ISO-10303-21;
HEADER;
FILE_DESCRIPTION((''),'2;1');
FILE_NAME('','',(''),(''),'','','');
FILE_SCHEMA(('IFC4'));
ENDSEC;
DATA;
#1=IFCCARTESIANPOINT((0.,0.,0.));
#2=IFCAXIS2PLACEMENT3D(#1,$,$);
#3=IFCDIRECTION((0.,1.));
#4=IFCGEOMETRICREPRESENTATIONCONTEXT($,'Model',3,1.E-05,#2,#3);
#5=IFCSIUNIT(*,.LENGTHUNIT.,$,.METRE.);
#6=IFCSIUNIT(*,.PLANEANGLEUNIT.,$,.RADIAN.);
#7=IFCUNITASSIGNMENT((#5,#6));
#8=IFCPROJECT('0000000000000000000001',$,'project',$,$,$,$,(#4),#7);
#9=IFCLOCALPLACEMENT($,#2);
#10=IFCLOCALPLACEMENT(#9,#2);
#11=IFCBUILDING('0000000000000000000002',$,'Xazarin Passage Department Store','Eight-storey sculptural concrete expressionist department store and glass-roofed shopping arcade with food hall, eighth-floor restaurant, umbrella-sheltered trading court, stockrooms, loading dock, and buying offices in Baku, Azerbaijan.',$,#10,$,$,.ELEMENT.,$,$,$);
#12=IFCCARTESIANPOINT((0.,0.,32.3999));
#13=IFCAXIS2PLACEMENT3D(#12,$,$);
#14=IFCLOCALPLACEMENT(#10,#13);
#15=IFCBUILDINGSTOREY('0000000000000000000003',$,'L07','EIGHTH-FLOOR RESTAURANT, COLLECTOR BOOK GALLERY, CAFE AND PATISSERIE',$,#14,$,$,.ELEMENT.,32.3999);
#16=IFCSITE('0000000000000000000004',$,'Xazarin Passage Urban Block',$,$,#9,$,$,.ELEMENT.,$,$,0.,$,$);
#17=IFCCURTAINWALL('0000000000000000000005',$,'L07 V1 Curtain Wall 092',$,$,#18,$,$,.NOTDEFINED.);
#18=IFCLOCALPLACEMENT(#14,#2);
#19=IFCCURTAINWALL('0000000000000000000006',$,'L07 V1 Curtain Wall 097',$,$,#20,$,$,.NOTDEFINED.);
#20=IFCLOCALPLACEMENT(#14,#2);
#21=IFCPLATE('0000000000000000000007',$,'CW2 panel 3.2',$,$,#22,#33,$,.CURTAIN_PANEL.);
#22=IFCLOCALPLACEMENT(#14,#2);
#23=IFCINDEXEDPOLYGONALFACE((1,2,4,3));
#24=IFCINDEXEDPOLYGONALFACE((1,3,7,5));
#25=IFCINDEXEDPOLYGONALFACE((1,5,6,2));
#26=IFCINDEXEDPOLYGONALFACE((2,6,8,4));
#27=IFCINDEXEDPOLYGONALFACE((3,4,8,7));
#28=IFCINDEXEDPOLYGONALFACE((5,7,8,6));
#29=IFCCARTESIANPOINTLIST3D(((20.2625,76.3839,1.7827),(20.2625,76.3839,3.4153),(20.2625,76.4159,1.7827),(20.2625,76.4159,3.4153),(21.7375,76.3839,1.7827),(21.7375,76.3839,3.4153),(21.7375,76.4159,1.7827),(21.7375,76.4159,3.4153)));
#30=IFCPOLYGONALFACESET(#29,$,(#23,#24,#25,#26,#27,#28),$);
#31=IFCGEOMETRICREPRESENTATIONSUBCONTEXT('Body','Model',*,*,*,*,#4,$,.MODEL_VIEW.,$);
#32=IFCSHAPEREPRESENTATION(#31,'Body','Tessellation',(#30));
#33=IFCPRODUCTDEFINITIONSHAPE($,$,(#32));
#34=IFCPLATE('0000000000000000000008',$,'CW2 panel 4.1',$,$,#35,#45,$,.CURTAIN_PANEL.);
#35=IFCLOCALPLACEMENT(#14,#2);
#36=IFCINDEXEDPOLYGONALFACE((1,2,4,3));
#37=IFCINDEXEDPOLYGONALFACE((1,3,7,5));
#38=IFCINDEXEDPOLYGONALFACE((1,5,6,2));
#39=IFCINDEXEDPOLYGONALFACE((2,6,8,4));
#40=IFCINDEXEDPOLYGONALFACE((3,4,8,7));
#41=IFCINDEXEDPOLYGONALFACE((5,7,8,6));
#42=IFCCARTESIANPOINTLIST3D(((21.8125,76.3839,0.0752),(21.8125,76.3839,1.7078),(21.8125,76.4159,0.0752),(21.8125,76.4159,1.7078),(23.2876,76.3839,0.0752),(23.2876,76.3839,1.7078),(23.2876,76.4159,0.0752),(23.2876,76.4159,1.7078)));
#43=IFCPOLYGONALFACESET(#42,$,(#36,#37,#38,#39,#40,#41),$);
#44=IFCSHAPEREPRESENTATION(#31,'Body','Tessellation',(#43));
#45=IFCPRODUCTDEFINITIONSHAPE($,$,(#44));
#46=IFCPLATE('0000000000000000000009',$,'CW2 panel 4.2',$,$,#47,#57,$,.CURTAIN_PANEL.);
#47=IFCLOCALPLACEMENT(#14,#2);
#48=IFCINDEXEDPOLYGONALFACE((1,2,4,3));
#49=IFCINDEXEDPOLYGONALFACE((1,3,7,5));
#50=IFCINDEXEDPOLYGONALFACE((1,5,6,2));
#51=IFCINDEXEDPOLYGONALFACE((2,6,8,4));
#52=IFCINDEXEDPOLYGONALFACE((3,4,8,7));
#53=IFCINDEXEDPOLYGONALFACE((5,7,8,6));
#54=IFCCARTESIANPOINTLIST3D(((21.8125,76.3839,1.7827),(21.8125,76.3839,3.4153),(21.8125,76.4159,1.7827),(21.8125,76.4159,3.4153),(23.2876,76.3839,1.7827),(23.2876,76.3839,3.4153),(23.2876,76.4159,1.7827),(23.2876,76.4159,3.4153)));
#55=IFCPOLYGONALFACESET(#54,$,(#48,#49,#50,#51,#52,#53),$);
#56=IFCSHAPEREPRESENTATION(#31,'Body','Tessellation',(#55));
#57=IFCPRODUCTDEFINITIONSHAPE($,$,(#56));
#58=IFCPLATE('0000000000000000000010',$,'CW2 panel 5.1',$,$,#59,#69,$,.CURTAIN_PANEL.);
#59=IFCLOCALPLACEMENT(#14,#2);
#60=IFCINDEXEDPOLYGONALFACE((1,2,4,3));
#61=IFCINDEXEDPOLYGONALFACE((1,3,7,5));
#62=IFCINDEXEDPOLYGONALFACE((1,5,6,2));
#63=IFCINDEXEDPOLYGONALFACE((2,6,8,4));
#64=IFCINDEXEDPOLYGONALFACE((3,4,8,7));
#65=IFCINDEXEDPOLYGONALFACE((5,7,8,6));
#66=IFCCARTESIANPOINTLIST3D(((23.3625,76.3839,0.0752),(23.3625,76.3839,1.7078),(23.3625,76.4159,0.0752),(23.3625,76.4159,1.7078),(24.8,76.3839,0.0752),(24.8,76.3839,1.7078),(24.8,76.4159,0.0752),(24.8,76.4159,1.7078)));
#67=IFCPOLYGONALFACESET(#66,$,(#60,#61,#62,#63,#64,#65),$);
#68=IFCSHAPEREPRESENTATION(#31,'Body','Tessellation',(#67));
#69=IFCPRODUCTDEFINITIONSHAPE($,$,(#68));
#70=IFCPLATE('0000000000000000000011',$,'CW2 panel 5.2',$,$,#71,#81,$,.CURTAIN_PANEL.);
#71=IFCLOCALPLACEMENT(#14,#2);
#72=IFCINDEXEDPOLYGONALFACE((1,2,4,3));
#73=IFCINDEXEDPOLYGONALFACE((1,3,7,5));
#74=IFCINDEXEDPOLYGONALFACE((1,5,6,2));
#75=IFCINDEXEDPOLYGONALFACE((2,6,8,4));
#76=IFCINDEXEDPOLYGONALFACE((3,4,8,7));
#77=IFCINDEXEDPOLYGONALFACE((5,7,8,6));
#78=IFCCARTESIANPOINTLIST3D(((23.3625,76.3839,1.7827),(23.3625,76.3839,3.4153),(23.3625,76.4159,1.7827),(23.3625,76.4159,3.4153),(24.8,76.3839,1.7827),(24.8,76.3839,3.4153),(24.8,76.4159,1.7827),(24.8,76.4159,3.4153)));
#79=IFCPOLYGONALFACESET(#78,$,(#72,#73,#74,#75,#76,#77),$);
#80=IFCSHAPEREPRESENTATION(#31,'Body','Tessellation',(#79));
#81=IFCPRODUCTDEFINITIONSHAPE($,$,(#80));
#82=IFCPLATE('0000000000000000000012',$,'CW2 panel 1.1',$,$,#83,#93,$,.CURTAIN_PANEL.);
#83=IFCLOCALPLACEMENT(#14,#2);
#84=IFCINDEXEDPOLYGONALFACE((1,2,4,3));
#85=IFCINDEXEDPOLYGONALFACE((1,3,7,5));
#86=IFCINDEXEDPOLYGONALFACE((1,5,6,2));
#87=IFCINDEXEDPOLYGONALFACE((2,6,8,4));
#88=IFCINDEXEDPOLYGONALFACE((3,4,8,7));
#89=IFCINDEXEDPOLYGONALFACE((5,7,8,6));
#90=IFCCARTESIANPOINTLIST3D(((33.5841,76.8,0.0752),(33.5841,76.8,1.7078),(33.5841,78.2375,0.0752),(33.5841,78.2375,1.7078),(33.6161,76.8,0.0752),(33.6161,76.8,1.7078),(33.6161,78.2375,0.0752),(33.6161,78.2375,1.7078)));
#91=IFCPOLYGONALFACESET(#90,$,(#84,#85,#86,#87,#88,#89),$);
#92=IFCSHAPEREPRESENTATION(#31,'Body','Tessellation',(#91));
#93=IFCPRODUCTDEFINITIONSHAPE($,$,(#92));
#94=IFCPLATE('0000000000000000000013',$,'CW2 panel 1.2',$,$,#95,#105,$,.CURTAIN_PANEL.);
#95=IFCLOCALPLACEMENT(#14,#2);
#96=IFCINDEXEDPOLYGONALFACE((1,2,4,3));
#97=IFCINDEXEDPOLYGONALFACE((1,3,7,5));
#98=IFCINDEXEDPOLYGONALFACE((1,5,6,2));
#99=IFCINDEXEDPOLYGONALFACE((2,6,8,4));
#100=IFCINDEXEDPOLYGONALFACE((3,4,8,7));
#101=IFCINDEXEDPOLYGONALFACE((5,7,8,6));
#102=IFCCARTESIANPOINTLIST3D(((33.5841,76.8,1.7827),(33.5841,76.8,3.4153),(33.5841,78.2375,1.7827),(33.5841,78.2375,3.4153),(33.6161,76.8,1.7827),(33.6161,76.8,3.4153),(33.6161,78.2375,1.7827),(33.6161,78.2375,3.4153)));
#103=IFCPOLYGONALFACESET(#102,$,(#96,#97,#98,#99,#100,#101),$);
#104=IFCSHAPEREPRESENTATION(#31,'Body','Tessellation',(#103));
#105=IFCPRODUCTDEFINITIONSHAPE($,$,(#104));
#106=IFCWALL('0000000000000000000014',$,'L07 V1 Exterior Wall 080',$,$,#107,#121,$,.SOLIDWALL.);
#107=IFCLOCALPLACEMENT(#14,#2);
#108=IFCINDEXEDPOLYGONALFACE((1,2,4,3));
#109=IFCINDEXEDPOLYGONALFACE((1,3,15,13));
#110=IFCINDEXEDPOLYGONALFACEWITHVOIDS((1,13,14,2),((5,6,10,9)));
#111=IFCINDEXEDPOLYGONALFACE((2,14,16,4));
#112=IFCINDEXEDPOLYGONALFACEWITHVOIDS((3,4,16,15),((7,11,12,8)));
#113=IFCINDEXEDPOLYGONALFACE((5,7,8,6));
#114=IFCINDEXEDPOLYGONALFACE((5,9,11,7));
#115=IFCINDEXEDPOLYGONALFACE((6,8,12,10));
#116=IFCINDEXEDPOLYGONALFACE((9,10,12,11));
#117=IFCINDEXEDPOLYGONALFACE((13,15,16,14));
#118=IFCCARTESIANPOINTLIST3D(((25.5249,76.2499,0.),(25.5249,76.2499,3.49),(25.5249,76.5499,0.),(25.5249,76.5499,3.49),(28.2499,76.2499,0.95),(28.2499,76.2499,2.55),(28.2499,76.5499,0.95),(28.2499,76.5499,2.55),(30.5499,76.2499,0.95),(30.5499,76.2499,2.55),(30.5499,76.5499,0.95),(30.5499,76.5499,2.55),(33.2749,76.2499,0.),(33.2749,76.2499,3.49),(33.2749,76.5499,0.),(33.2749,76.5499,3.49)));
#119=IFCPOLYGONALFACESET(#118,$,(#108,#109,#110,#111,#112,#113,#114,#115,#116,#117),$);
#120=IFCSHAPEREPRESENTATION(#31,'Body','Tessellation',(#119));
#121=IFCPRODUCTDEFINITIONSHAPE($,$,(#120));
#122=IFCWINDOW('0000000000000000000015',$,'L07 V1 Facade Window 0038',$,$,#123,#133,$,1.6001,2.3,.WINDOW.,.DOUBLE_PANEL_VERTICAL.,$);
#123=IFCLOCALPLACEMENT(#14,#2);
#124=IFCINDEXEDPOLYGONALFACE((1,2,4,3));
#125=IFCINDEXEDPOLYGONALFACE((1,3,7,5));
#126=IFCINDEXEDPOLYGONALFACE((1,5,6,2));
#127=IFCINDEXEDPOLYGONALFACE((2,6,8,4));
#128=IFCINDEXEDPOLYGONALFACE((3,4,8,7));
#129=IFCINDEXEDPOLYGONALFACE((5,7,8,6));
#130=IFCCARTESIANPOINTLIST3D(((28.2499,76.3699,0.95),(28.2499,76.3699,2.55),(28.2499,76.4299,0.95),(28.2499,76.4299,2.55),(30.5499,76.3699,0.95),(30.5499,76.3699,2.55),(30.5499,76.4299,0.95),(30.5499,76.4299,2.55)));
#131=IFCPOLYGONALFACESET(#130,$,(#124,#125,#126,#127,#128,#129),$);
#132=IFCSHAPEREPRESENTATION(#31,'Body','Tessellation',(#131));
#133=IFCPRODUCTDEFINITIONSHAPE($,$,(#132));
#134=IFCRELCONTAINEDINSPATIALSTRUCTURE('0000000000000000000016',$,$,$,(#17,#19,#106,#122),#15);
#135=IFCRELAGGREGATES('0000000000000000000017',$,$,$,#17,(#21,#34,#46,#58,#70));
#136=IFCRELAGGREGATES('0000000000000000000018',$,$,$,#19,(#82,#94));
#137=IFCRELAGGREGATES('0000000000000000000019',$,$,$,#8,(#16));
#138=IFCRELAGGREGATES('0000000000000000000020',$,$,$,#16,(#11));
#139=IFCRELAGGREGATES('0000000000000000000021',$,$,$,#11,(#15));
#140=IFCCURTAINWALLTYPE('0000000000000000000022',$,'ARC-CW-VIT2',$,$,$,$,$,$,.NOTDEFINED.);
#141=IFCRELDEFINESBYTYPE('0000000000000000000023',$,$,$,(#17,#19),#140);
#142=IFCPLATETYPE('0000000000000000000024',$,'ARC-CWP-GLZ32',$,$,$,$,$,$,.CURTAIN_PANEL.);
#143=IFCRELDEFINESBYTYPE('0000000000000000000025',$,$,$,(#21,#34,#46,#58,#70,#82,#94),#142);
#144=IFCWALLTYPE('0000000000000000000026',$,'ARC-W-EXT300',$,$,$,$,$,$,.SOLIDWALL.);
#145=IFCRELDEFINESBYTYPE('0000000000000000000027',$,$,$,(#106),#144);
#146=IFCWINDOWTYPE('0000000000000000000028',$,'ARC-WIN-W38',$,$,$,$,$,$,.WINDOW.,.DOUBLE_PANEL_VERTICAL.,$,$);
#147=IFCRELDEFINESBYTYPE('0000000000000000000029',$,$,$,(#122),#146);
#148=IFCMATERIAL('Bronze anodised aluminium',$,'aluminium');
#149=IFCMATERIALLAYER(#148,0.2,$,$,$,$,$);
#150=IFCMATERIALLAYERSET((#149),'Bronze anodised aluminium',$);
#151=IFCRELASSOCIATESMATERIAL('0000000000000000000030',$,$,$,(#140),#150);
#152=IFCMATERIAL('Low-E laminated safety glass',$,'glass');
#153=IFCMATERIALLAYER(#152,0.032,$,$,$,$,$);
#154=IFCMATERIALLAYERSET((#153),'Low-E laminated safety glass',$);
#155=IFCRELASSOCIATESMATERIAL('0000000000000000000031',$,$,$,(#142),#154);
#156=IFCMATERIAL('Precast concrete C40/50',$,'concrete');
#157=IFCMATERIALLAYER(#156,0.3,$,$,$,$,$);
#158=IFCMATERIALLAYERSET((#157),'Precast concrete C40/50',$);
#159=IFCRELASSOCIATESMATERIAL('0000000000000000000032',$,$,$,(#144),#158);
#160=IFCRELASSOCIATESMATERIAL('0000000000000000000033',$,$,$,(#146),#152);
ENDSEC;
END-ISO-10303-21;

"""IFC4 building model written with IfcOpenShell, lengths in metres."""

from ifc_helpers import new_model, si_unit, direction, frame, frame_2d, origin, origin_2d, place, context, subcontext, project, spatial, rectangle, extrude, material, layer, layer_set, type_object, element, fill, aggregate, save


model = new_model("IFC4")

# Units and contexts
model_context = context("Model", 3, precision=1e-05, world=origin(), true_north=direction((0.0, 1.0)))
body_context = subcontext(model_context, "Body", "Model", "MODEL_VIEW")
ifc_project = project(units=[si_unit("LENGTHUNIT", "METRE"), si_unit("PLANEANGLEUNIT", "RADIAN")], contexts=[model_context])

# Site, building, storey
site_placement = place(None, origin())
site = spatial("IfcSite", under=ifc_project, at=site_placement, Name="Xazarin Passage Urban Block", CompositionType="ELEMENT", RefElevation=0.0)
building_placement = place(site_placement, origin())
building = spatial("IfcBuilding", under=site, at=building_placement, Name="Xazarin Passage Department Store", Description="Eight-storey sculptural concrete expressionist department store and glass-roofed shopping arcade with food hall, eighth-floor restaurant, umbrella-sheltered trading court, stockrooms, loading dock, and buying offices in Baku, Azerbaijan.", CompositionType="ELEMENT")
storey_placement = place(building_placement, frame((0.0, 0.0, 32.3999)))
storey = spatial("IfcBuildingStorey", under=building, at=storey_placement, Name="L07", Description="EIGHTH-FLOOR RESTAURANT, COLLECTOR BOOK GALLERY, CAFE AND PATISSERIE", CompositionType="ELEMENT", Elevation=32.3999)

# Curtain wall
ifc_material_1 = material(Name="Bronze anodised aluminium", Category="aluminium")
ifc_layer_1 = layer(ifc_material_1, 0.2)
ifc_layer_set_1 = layer_set([ifc_layer_1], Name="Bronze anodised aluminium")
curtain_wall_type = type_object("IfcCurtainWallType", Name="ARC-CW-VIT2", PredefinedType="NOTDEFINED", material=ifc_layer_set_1)
curtain_wall_1_placement = place(storey_placement, origin())
curtain_wall_1 = element("IfcCurtainWall", 1, at=curtain_wall_1_placement, inside=storey, type_object=curtain_wall_type, Name="L07 V1 Curtain Wall 092", PredefinedType="NOTDEFINED")

# Curtain wall
curtain_wall_2_placement = place(storey_placement, origin())
curtain_wall_2 = element("IfcCurtainWall", 2, at=curtain_wall_2_placement, inside=storey, type_object=curtain_wall_type, Name="L07 V1 Curtain Wall 097", PredefinedType="NOTDEFINED")

# Plates
ifc_material_2 = material(Name="Low-E laminated safety glass", Category="glass")
ifc_layer_2 = layer(ifc_material_2, 0.032)
ifc_layer_set_2 = layer_set([ifc_layer_2], Name="Low-E laminated safety glass")
plate_type = type_object("IfcPlateType", Name="ARC-CWP-GLZ32", PredefinedType="CURTAIN_PANEL", material=ifc_layer_set_2)
plate_1_placement = place(storey_placement, frame((21.0, 76.3999, 1.7827), z_axis=(0.0, 0.0, 1.0), x_axis=(1.0, 0.0, 0.0)))
plate_1 = element("IfcPlate", 3, at=plate_1_placement, type_object=plate_type, Name="CW2 panel 3.2", PredefinedType="CURTAIN_PANEL", context=body_context, shape_type="SweptSolid", body=[
    extrude(rectangle(XDim=1.4751, YDim=0.032, at=origin_2d()), origin(), (0.0, 0.0, 1.0), 1.6326),
])
plate_2_placement = place(storey_placement, frame((22.55, 76.3999, 0.0752), z_axis=(0.0, 0.0, 1.0), x_axis=(1.0, 0.0, 0.0)))
plate_2 = element("IfcPlate", 4, at=plate_2_placement, type_object=plate_type, Name="CW2 panel 4.1", PredefinedType="CURTAIN_PANEL", context=body_context, shape_type="SweptSolid", body=[
    extrude(rectangle(XDim=1.4751, YDim=0.032, at=origin_2d()), origin(), (0.0, 0.0, 1.0), 1.6326),
])
plate_3_placement = place(storey_placement, frame((22.55, 76.3999, 1.7827), z_axis=(0.0, 0.0, 1.0), x_axis=(1.0, 0.0, 0.0)))
plate_3 = element("IfcPlate", 5, at=plate_3_placement, type_object=plate_type, Name="CW2 panel 4.2", PredefinedType="CURTAIN_PANEL", context=body_context, shape_type="SweptSolid", body=[
    extrude(rectangle(XDim=1.4751, YDim=0.032, at=origin_2d()), origin(), (0.0, 0.0, 1.0), 1.6326),
])
plate_4_placement = place(storey_placement, frame((24.0813, 76.3999, 0.0752), z_axis=(0.0, 0.0, 1.0), x_axis=(1.0, 0.0, 0.0)))
plate_4 = element("IfcPlate", 6, at=plate_4_placement, type_object=plate_type, Name="CW2 panel 5.1", PredefinedType="CURTAIN_PANEL", context=body_context, shape_type="SweptSolid", body=[
    extrude(rectangle(XDim=1.4375, YDim=0.032, at=origin_2d()), origin(), (0.0, 0.0, 1.0), 1.6326),
])
plate_5_placement = place(storey_placement, frame((24.0813, 76.3999, 1.7827), z_axis=(0.0, 0.0, 1.0), x_axis=(1.0, 0.0, 0.0)))
plate_5 = element("IfcPlate", 7, at=plate_5_placement, type_object=plate_type, Name="CW2 panel 5.2", PredefinedType="CURTAIN_PANEL", context=body_context, shape_type="SweptSolid", body=[
    extrude(rectangle(XDim=1.4375, YDim=0.032, at=origin_2d()), origin(), (0.0, 0.0, 1.0), 1.6326),
])
aggregate(curtain_wall_1, [plate_1, plate_2, plate_3, plate_4, plate_5])
plate_6_placement = place(storey_placement, frame((33.6001, 77.5188, 0.0752), z_axis=(0.0, 0.0, 1.0), x_axis=(0.0, 1.0, 0.0)))
plate_6 = element("IfcPlate", 8, at=plate_6_placement, type_object=plate_type, Name="CW2 panel 1.1", PredefinedType="CURTAIN_PANEL", context=body_context, shape_type="SweptSolid", body=[
    extrude(rectangle(XDim=1.4375, YDim=0.032, at=origin_2d()), origin(), (0.0, 0.0, 1.0), 1.6326),
])
plate_7_placement = place(storey_placement, frame((33.6001, 77.5188, 1.7827), z_axis=(0.0, 0.0, 1.0), x_axis=(0.0, 1.0, 0.0)))
plate_7 = element("IfcPlate", 9, at=plate_7_placement, type_object=plate_type, Name="CW2 panel 1.2", PredefinedType="CURTAIN_PANEL", context=body_context, shape_type="SweptSolid", body=[
    extrude(rectangle(XDim=1.4375, YDim=0.032, at=origin_2d()), origin(), (0.0, 0.0, 1.0), 1.6326),
])
aggregate(curtain_wall_2, [plate_6, plate_7])

# Wall, opening, window
ifc_material_3 = material(Name="Precast concrete C40/50", Category="concrete")
ifc_layer_3 = layer(ifc_material_3, 0.3)
ifc_layer_set_3 = layer_set([ifc_layer_3], Name="Precast concrete C40/50")
wall_type = type_object("IfcWallType", Name="ARC-W-EXT300", PredefinedType="SOLIDWALL", material=ifc_layer_set_3)
wall_placement = place(storey_placement, frame((25.5249, 76.3999, 0.0), z_axis=(0.0, 0.0, 1.0), x_axis=(1.0, 0.0, 0.0)))
wall = element("IfcWall", 10, at=wall_placement, inside=storey, type_object=wall_type, Name="L07 V1 Exterior Wall 080", PredefinedType="SOLIDWALL", context=body_context, shape_type="SweptSolid", body=[
    extrude(rectangle(XDim=7.75, YDim=0.3, at=frame_2d((3.875, 0.0))), origin(), (0.0, 0.0, 1.0), 3.49),
])
opening_placement = place(wall_placement, frame((2.7251, 0.0, 0.95)))
opening = element("IfcOpeningElement", 11, at=opening_placement, cuts=wall, PredefinedType="OPENING", context=body_context, shape_type="SweptSolid", body=[
    extrude(rectangle(XDim=2.3, YDim=1.6001, at=frame_2d((1.1499, 0.8))), frame((0.0, 0.1599, 0.0), z_axis=(0.0, -1.0, 0.0), x_axis=(1.0, 0.0, 0.0)), (0.0, 0.0, 1.0), 0.3201),
])
window_type = type_object("IfcWindowType", Name="ARC-WIN-W38", PartitioningType="DOUBLE_PANEL_VERTICAL", PredefinedType="WINDOW", material=ifc_material_2)
window_placement = place(opening_placement, origin())
window = element("IfcWindow", 12, at=window_placement, inside=storey, type_object=window_type, Name="L07 V1 Facade Window 0038", OverallHeight=1.6001, OverallWidth=2.3, PartitioningType="DOUBLE_PANEL_VERTICAL", PredefinedType="WINDOW", context=body_context, shape_type="SweptSolid", body=[
    extrude(rectangle(XDim=2.3, YDim=1.6001, at=frame_2d((1.1499, 0.8))), frame((0.0, 0.03, 0.0), z_axis=(0.0, -1.0, 0.0), x_axis=(1.0, 0.0, 0.0)), (0.0, 0.0, 1.0), 0.0601),
])
fill(opening, window)

save(model, "model.ifc")
